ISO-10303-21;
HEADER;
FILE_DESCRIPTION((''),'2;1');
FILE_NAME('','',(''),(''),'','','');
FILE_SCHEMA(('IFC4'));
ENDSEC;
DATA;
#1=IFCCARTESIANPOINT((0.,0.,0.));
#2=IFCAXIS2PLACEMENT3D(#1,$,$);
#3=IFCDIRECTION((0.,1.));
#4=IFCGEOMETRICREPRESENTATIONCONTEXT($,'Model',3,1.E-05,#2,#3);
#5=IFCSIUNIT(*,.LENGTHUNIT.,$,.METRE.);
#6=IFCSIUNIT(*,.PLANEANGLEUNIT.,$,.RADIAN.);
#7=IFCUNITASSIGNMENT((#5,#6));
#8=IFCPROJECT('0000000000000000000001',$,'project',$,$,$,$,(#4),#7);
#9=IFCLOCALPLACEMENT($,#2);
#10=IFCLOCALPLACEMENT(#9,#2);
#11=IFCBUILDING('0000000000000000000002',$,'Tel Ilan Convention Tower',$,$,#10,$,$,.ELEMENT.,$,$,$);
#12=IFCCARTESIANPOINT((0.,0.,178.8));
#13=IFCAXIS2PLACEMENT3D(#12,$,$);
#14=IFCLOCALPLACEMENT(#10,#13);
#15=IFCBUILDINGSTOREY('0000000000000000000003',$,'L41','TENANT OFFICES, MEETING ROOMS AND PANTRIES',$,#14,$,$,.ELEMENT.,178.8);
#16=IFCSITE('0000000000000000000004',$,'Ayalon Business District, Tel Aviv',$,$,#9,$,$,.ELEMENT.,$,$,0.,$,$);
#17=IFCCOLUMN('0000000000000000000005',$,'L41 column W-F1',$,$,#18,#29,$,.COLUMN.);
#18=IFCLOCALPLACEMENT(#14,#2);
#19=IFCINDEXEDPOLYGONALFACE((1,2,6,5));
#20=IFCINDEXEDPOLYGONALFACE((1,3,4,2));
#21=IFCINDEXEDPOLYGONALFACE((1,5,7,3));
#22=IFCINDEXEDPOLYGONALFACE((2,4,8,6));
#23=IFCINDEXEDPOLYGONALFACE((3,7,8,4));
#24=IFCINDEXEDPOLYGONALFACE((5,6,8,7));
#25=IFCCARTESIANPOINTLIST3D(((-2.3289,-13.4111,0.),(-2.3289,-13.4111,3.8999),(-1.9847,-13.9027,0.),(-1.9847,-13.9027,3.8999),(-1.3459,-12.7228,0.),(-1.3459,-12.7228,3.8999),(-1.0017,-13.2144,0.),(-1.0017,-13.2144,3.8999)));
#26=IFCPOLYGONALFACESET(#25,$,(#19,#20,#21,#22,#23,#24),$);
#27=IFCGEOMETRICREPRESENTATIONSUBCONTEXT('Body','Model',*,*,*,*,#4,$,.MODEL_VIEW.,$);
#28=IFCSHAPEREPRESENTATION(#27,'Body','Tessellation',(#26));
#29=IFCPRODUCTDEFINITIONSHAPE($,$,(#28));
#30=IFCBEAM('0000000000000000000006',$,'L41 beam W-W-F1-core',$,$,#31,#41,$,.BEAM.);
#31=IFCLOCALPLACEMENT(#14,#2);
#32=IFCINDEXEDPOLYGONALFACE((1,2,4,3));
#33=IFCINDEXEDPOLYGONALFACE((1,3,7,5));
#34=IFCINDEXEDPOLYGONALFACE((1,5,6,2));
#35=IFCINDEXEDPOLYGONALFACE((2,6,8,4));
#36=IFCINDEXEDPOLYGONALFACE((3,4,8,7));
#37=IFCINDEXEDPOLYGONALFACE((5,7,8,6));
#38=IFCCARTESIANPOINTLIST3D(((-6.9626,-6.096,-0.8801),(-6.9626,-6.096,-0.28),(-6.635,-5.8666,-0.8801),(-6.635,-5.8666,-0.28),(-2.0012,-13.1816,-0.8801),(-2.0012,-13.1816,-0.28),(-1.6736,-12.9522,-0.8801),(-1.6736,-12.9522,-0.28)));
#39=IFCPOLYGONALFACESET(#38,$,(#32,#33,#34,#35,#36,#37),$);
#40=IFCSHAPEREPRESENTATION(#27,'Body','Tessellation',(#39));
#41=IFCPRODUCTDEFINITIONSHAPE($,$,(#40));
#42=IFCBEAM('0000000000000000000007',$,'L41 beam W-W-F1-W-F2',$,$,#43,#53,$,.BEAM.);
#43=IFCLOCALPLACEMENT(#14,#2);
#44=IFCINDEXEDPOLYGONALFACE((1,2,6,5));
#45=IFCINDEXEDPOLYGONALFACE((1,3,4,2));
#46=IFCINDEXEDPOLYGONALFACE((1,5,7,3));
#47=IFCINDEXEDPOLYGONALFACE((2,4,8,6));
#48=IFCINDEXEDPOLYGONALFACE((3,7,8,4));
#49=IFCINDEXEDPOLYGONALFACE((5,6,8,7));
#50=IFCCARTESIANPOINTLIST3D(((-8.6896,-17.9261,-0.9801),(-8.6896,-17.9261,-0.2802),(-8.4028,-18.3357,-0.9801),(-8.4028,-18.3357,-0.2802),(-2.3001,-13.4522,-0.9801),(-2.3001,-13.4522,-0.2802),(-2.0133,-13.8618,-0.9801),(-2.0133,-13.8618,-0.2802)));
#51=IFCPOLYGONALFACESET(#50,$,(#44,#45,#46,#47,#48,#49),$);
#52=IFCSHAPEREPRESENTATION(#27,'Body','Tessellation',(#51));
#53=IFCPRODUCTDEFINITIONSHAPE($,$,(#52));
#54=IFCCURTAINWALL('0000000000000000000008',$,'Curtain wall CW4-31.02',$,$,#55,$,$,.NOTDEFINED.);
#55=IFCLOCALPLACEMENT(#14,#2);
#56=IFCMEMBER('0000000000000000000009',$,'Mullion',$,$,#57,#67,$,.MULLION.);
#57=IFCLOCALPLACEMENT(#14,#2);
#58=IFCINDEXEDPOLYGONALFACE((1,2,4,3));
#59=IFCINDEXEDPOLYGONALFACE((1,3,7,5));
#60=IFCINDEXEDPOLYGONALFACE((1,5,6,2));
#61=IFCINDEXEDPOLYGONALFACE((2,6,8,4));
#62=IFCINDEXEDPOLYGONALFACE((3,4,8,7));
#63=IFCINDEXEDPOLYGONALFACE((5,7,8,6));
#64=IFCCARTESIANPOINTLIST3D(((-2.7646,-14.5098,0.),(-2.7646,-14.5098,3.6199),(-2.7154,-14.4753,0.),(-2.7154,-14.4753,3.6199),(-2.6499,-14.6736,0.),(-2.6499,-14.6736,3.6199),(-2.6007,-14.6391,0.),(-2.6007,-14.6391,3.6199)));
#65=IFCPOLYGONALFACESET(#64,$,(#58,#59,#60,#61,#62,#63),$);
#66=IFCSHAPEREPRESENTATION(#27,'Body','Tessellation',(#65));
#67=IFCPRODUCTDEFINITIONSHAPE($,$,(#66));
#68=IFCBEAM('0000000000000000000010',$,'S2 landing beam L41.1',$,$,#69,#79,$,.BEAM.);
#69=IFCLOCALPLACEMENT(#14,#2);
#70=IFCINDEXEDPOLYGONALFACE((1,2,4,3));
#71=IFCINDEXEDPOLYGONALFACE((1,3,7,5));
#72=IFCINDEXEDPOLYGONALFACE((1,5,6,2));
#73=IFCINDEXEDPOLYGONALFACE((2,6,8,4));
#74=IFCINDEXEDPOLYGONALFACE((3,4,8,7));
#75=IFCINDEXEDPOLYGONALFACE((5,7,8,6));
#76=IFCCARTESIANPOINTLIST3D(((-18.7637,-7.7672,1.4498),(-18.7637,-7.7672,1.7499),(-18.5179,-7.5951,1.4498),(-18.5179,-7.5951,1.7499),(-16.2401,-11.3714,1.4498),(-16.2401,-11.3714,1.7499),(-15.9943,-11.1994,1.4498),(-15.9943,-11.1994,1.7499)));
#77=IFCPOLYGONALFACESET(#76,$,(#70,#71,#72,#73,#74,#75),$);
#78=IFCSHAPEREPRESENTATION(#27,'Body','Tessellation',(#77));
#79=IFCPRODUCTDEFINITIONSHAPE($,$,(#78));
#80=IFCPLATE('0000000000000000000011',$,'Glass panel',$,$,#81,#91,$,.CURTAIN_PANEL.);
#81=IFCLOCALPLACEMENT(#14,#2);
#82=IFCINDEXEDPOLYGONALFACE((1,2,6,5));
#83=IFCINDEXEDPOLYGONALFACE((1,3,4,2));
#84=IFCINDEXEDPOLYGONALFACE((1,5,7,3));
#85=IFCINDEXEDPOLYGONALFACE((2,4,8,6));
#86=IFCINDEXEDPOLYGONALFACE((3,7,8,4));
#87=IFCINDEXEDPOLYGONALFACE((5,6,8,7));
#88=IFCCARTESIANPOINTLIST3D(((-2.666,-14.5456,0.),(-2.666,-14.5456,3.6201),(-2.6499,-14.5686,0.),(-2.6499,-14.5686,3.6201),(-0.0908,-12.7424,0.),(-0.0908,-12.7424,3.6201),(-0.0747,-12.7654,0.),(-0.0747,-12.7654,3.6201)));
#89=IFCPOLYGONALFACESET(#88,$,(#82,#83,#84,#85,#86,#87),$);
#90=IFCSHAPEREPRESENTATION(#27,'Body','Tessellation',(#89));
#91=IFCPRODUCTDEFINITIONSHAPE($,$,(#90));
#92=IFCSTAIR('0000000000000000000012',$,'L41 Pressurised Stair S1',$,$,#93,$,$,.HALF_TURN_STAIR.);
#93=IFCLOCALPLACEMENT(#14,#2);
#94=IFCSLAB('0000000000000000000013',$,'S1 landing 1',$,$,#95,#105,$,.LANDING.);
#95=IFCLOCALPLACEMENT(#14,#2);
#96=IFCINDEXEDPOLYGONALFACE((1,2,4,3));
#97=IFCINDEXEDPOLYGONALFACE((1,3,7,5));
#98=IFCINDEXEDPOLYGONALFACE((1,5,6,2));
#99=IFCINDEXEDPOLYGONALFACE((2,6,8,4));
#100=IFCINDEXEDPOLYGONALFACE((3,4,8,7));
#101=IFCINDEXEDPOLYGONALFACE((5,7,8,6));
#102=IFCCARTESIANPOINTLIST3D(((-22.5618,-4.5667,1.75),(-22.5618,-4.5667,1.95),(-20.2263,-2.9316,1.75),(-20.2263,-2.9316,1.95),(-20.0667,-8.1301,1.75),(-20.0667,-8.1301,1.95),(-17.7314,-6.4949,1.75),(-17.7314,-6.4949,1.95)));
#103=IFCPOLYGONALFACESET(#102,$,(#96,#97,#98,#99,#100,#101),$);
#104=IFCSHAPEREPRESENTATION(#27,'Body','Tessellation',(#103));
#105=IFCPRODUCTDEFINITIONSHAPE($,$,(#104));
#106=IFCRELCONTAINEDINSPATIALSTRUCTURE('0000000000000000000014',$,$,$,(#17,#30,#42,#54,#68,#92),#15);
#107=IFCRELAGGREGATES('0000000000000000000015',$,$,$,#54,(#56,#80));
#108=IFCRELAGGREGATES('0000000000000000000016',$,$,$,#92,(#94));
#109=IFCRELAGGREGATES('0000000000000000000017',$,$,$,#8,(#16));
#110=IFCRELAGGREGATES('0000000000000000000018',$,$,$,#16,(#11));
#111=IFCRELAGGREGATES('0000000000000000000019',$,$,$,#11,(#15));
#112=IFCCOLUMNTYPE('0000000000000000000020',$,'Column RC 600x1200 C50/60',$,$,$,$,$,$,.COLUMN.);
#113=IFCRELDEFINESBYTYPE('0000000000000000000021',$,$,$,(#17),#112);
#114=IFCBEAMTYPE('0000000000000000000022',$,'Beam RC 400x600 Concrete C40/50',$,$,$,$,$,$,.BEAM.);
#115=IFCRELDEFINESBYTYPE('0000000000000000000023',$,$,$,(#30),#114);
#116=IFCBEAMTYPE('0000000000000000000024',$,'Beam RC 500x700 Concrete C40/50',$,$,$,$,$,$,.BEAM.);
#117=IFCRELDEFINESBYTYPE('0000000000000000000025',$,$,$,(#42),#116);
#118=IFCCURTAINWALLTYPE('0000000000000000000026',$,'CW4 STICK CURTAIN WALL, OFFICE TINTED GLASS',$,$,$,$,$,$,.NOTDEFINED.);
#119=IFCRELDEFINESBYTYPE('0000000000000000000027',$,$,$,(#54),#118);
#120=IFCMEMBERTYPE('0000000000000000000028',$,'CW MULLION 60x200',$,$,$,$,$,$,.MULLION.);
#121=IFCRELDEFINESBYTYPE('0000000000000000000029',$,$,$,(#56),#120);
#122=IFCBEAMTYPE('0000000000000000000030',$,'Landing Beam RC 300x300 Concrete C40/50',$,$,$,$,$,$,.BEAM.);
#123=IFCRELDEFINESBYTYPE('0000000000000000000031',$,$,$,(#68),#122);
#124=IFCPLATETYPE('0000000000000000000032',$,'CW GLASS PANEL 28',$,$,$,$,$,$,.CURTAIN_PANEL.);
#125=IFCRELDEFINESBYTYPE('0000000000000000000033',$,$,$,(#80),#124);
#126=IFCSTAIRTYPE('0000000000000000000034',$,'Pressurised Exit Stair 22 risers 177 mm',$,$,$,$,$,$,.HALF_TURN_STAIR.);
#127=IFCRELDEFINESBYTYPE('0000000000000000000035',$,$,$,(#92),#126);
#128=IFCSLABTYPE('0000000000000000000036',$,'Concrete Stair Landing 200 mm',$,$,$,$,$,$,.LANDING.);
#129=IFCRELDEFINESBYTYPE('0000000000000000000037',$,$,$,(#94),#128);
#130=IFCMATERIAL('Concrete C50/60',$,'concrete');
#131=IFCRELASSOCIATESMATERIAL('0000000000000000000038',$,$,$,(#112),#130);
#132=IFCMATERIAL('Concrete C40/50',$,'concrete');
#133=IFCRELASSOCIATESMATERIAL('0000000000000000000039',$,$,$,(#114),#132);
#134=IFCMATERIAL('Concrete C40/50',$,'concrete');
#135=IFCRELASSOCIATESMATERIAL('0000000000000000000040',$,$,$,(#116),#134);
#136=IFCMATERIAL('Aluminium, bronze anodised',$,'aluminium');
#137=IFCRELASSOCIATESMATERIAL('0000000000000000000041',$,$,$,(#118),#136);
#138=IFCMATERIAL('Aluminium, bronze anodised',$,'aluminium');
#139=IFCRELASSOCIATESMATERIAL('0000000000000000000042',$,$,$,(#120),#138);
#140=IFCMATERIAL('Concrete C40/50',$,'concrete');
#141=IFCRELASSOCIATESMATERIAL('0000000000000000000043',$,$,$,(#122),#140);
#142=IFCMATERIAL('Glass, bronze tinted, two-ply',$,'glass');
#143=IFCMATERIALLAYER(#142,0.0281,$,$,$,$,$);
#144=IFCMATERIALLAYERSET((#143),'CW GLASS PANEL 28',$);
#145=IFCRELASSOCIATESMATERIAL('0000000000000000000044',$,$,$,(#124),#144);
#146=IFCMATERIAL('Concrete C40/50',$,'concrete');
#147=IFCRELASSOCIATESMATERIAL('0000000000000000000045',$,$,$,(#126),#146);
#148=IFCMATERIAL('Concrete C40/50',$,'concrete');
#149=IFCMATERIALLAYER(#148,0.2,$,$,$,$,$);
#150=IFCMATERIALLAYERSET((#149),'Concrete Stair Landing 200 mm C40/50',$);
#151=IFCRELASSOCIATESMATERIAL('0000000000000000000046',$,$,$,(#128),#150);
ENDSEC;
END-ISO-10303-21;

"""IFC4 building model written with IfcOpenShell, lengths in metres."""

from ifc_helpers import new_model, si_unit, direction, frame, origin, origin_2d, place, context, subcontext, project, spatial, polyline, rectangle, outline, extrude, material, layer, layer_set, material_profile, profile_set, type_object, element, aggregate, save


model = new_model("IFC4")

# Units and contexts
model_context = context("Model", 3, precision=1e-05, world=origin(), true_north=direction((0.0, 1.0)))
body_context = subcontext(model_context, "Body", "Model", "MODEL_VIEW")
ifc_project = project(units=[si_unit("LENGTHUNIT", "METRE"), si_unit("PLANEANGLEUNIT", "RADIAN")], contexts=[model_context])

# Site, building, storey
site_placement = place(None, origin())
site = spatial("IfcSite", under=ifc_project, at=site_placement, Name="Ayalon Business District, Tel Aviv", CompositionType="ELEMENT", RefElevation=0.0)
building_placement = place(site_placement, origin())
building = spatial("IfcBuilding", under=site, at=building_placement, Name="Tel Ilan Convention Tower", CompositionType="ELEMENT")
storey_placement = place(building_placement, frame((0.0, 0.0, 178.8)))
storey = spatial("IfcBuildingStorey", under=building, at=storey_placement, Name="L41", Description="TENANT OFFICES, MEETING ROOMS AND PANTRIES", CompositionType="ELEMENT", Elevation=178.8)

# Column
ifc_material_1 = material(Name="Concrete C50/60", Category="concrete")
ifc_material_profile_1 = material_profile(ifc_material_1, rectangle(XDim=1.2, YDim=0.6001, at=origin_2d()), Name="RC 600x1200")
ifc_profile_set_1 = profile_set([ifc_material_profile_1], Name="Concrete C50/60")
column_type = type_object("IfcColumnType", Name="Column RC 600x1200 C50/60", PredefinedType="COLUMN", material=ifc_profile_set_1)
column_placement = place(storey_placement, frame((-1.6653, -13.3127, 0.0), z_axis=(0.0, 0.0, 1.0), x_axis=(-0.819152, -0.573576, 0.0)))
element("IfcColumn", 1, at=column_placement, inside=storey, type_object=column_type, Name="L41 column W-F1", PredefinedType="COLUMN", context=body_context, shape_type="SweptSolid", body=[
    extrude(rectangle(XDim=1.2, YDim=0.6001, at=origin_2d()), origin(), (0.0, 0.0, 1.0), 3.8999),
])

# Beams
ifc_material_2 = material(Name="Concrete C40/50", Category="concrete")
ifc_material_profile_2 = material_profile(ifc_material_2, rectangle(XDim=0.3999, YDim=0.6001, at=origin_2d()), Name="RC 400x600")
ifc_profile_set_2 = profile_set([ifc_material_profile_2], Name="Concrete C40/50")
beam_type_1 = type_object("IfcBeamType", Name="Beam RC 400x600 Concrete C40/50", PredefinedType="BEAM", material=ifc_profile_set_2)
beam_1_placement = place(storey_placement, frame((-1.8374, -13.0669, -0.5801), z_axis=(-0.573574, 0.819154, 0.0), x_axis=(-0.819154, -0.573574, 0.0)))
element("IfcBeam", 2, at=beam_1_placement, inside=storey, type_object=beam_type_1, Name="L41 beam W-W-F1-core", PredefinedType="BEAM", context=body_context, shape_type="SweptSolid", body=[
    extrude(rectangle(XDim=0.3999, YDim=0.6001, at=origin_2d()), origin(), (0.0, 0.0, 1.0), 8.6499),
])
ifc_material_3 = material(Name="Concrete C40/50", Category="concrete")
ifc_material_profile_3 = material_profile(ifc_material_3, rectangle(XDim=0.5, YDim=0.7, at=origin_2d()), Name="RC 500x700")
ifc_profile_set_3 = profile_set([ifc_material_profile_3], Name="Concrete C40/50")
beam_type_2 = type_object("IfcBeamType", Name="Beam RC 500x700 Concrete C40/50", PredefinedType="BEAM", material=ifc_profile_set_3)
beam_2_placement = place(storey_placement, frame((-2.1567, -13.657, -0.6301), z_axis=(-0.819154, -0.573574, 0.0), x_axis=(0.573574, -0.819154, 0.0)))
element("IfcBeam", 3, at=beam_2_placement, inside=storey, type_object=beam_type_2, Name="L41 beam W-W-F1-W-F2", PredefinedType="BEAM", context=body_context, shape_type="SweptSolid", body=[
    extrude(rectangle(XDim=0.5, YDim=0.7, at=origin_2d()), origin(), (0.0, 0.0, 1.0), 7.8),
])

# Curtain wall, member
ifc_material_4 = material(Name="Aluminium, bronze anodised", Category="aluminium")
curtain_wall_type = type_object("IfcCurtainWallType", Name="CW4 STICK CURTAIN WALL, OFFICE TINTED GLASS", PredefinedType="NOTDEFINED", material=ifc_material_4)
curtain_wall_placement = place(storey_placement, origin())
curtain_wall = element("IfcCurtainWall", 4, at=curtain_wall_placement, inside=storey, type_object=curtain_wall_type, Name="Curtain wall CW4-31.02", PredefinedType="NOTDEFINED")
ifc_material_5 = material(Name="Aluminium, bronze anodised", Category="aluminium")
ifc_material_profile_4 = material_profile(ifc_material_5, rectangle(XDim=0.0601, YDim=0.2, at=origin_2d()), Name="CW MULLION 60x200")
ifc_profile_set_4 = profile_set([ifc_material_profile_4], Name="Aluminium, bronze anodised")
member_type = type_object("IfcMemberType", Name="CW MULLION 60x200", PredefinedType="MULLION", material=ifc_profile_set_4)
member_placement = place(storey_placement, frame((-2.6826, -14.5745, 0.0), z_axis=(0.0, 0.0, 1.0), x_axis=(0.819152, 0.573576, 0.0)))
member = element("IfcMember", 5, at=member_placement, type_object=member_type, Name="Mullion", PredefinedType="MULLION", context=body_context, shape_type="SweptSolid", body=[
    extrude(rectangle(XDim=0.0601, YDim=0.2, at=origin_2d()), origin(), (0.0, 0.0, 1.0), 3.6199),
])

# Beam
ifc_material_6 = material(Name="Concrete C40/50", Category="concrete")
ifc_material_profile_5 = material_profile(ifc_material_6, rectangle(XDim=0.3, YDim=0.3, at=origin_2d()), Name="RC 300x300")
ifc_profile_set_5 = profile_set([ifc_material_profile_5], Name="Concrete C40/50")
beam_type_3 = type_object("IfcBeamType", Name="Landing Beam RC 300x300 Concrete C40/50", PredefinedType="BEAM", material=ifc_profile_set_5)
beam_3_placement = place(storey_placement, frame((-16.1172, -11.2854, 1.5999), z_axis=(-0.57357, 0.819156, 0.0), x_axis=(-0.819156, -0.57357, 0.0)))
element("IfcBeam", 6, at=beam_3_placement, inside=storey, type_object=beam_type_3, Name="S2 landing beam L41.1", PredefinedType="BEAM", context=body_context, shape_type="SweptSolid", body=[
    extrude(rectangle(XDim=0.3, YDim=0.3, at=origin_2d()), origin(), (0.0, 0.0, 1.0), 4.3999),
])

# Plate
ifc_material_7 = material(Name="Glass, bronze tinted, two-ply", Category="glass")
ifc_layer_1 = layer(ifc_material_7, 0.0281)
ifc_layer_set_1 = layer_set([ifc_layer_1], Name="CW GLASS PANEL 28")
plate_type = type_object("IfcPlateType", Name="CW GLASS PANEL 28", PredefinedType="CURTAIN_PANEL", material=ifc_layer_set_1)
plate_placement = place(storey_placement, frame((-1.3704, -13.6555, 0.0), z_axis=(0.0, 0.0, 1.0), x_axis=(0.819152, 0.573576, 0.0)))
plate = element("IfcPlate", 7, at=plate_placement, type_object=plate_type, Name="Glass panel", PredefinedType="CURTAIN_PANEL", context=body_context, shape_type="SweptSolid", body=[
    extrude(rectangle(XDim=3.1438, YDim=0.0281, at=origin_2d()), origin(), (0.0, 0.0, 1.0), 3.6201),
])
aggregate(curtain_wall, [member, plate])

# Stair, slab
ifc_material_8 = material(Name="Concrete C40/50", Category="concrete")
stair_type = type_object("IfcStairType", Name="Pressurised Exit Stair 22 risers 177 mm", PredefinedType="HALF_TURN_STAIR", material=ifc_material_8)
stair_placement = place(storey_placement, origin())
stair = element("IfcStair", 8, at=stair_placement, inside=storey, type_object=stair_type, Name="L41 Pressurised Stair S1", PredefinedType="HALF_TURN_STAIR")
ifc_material_9 = material(Name="Concrete C40/50", Category="concrete")
ifc_layer_2 = layer(ifc_material_9, 0.2)
ifc_layer_set_2 = layer_set([ifc_layer_2], Name="Concrete Stair Landing 200 mm C40/50")
slab_type_1 = type_object("IfcSlabType", Name="Concrete Stair Landing 200 mm", PredefinedType="LANDING", material=ifc_layer_set_2)
slab_1_placement = place(storey_placement, frame((0.0, 0.0, 1.75)))
slab_1 = element("IfcSlab", 9, at=slab_1_placement, type_object=slab_type_1, Name="S1 landing 1", PredefinedType="LANDING", context=body_context, shape_type="SweptSolid", body=[
    extrude(outline(polyline([(-20.0667, -8.1301), (-17.7314, -6.4949), (-20.2263, -2.9316), (-22.5618, -4.5667), (-20.0667, -8.1301)])), origin(), (0.0, 0.0, 1.0), 0.2),
])
aggregate(stair, [slab_1])

save(model, "model.ifc")
